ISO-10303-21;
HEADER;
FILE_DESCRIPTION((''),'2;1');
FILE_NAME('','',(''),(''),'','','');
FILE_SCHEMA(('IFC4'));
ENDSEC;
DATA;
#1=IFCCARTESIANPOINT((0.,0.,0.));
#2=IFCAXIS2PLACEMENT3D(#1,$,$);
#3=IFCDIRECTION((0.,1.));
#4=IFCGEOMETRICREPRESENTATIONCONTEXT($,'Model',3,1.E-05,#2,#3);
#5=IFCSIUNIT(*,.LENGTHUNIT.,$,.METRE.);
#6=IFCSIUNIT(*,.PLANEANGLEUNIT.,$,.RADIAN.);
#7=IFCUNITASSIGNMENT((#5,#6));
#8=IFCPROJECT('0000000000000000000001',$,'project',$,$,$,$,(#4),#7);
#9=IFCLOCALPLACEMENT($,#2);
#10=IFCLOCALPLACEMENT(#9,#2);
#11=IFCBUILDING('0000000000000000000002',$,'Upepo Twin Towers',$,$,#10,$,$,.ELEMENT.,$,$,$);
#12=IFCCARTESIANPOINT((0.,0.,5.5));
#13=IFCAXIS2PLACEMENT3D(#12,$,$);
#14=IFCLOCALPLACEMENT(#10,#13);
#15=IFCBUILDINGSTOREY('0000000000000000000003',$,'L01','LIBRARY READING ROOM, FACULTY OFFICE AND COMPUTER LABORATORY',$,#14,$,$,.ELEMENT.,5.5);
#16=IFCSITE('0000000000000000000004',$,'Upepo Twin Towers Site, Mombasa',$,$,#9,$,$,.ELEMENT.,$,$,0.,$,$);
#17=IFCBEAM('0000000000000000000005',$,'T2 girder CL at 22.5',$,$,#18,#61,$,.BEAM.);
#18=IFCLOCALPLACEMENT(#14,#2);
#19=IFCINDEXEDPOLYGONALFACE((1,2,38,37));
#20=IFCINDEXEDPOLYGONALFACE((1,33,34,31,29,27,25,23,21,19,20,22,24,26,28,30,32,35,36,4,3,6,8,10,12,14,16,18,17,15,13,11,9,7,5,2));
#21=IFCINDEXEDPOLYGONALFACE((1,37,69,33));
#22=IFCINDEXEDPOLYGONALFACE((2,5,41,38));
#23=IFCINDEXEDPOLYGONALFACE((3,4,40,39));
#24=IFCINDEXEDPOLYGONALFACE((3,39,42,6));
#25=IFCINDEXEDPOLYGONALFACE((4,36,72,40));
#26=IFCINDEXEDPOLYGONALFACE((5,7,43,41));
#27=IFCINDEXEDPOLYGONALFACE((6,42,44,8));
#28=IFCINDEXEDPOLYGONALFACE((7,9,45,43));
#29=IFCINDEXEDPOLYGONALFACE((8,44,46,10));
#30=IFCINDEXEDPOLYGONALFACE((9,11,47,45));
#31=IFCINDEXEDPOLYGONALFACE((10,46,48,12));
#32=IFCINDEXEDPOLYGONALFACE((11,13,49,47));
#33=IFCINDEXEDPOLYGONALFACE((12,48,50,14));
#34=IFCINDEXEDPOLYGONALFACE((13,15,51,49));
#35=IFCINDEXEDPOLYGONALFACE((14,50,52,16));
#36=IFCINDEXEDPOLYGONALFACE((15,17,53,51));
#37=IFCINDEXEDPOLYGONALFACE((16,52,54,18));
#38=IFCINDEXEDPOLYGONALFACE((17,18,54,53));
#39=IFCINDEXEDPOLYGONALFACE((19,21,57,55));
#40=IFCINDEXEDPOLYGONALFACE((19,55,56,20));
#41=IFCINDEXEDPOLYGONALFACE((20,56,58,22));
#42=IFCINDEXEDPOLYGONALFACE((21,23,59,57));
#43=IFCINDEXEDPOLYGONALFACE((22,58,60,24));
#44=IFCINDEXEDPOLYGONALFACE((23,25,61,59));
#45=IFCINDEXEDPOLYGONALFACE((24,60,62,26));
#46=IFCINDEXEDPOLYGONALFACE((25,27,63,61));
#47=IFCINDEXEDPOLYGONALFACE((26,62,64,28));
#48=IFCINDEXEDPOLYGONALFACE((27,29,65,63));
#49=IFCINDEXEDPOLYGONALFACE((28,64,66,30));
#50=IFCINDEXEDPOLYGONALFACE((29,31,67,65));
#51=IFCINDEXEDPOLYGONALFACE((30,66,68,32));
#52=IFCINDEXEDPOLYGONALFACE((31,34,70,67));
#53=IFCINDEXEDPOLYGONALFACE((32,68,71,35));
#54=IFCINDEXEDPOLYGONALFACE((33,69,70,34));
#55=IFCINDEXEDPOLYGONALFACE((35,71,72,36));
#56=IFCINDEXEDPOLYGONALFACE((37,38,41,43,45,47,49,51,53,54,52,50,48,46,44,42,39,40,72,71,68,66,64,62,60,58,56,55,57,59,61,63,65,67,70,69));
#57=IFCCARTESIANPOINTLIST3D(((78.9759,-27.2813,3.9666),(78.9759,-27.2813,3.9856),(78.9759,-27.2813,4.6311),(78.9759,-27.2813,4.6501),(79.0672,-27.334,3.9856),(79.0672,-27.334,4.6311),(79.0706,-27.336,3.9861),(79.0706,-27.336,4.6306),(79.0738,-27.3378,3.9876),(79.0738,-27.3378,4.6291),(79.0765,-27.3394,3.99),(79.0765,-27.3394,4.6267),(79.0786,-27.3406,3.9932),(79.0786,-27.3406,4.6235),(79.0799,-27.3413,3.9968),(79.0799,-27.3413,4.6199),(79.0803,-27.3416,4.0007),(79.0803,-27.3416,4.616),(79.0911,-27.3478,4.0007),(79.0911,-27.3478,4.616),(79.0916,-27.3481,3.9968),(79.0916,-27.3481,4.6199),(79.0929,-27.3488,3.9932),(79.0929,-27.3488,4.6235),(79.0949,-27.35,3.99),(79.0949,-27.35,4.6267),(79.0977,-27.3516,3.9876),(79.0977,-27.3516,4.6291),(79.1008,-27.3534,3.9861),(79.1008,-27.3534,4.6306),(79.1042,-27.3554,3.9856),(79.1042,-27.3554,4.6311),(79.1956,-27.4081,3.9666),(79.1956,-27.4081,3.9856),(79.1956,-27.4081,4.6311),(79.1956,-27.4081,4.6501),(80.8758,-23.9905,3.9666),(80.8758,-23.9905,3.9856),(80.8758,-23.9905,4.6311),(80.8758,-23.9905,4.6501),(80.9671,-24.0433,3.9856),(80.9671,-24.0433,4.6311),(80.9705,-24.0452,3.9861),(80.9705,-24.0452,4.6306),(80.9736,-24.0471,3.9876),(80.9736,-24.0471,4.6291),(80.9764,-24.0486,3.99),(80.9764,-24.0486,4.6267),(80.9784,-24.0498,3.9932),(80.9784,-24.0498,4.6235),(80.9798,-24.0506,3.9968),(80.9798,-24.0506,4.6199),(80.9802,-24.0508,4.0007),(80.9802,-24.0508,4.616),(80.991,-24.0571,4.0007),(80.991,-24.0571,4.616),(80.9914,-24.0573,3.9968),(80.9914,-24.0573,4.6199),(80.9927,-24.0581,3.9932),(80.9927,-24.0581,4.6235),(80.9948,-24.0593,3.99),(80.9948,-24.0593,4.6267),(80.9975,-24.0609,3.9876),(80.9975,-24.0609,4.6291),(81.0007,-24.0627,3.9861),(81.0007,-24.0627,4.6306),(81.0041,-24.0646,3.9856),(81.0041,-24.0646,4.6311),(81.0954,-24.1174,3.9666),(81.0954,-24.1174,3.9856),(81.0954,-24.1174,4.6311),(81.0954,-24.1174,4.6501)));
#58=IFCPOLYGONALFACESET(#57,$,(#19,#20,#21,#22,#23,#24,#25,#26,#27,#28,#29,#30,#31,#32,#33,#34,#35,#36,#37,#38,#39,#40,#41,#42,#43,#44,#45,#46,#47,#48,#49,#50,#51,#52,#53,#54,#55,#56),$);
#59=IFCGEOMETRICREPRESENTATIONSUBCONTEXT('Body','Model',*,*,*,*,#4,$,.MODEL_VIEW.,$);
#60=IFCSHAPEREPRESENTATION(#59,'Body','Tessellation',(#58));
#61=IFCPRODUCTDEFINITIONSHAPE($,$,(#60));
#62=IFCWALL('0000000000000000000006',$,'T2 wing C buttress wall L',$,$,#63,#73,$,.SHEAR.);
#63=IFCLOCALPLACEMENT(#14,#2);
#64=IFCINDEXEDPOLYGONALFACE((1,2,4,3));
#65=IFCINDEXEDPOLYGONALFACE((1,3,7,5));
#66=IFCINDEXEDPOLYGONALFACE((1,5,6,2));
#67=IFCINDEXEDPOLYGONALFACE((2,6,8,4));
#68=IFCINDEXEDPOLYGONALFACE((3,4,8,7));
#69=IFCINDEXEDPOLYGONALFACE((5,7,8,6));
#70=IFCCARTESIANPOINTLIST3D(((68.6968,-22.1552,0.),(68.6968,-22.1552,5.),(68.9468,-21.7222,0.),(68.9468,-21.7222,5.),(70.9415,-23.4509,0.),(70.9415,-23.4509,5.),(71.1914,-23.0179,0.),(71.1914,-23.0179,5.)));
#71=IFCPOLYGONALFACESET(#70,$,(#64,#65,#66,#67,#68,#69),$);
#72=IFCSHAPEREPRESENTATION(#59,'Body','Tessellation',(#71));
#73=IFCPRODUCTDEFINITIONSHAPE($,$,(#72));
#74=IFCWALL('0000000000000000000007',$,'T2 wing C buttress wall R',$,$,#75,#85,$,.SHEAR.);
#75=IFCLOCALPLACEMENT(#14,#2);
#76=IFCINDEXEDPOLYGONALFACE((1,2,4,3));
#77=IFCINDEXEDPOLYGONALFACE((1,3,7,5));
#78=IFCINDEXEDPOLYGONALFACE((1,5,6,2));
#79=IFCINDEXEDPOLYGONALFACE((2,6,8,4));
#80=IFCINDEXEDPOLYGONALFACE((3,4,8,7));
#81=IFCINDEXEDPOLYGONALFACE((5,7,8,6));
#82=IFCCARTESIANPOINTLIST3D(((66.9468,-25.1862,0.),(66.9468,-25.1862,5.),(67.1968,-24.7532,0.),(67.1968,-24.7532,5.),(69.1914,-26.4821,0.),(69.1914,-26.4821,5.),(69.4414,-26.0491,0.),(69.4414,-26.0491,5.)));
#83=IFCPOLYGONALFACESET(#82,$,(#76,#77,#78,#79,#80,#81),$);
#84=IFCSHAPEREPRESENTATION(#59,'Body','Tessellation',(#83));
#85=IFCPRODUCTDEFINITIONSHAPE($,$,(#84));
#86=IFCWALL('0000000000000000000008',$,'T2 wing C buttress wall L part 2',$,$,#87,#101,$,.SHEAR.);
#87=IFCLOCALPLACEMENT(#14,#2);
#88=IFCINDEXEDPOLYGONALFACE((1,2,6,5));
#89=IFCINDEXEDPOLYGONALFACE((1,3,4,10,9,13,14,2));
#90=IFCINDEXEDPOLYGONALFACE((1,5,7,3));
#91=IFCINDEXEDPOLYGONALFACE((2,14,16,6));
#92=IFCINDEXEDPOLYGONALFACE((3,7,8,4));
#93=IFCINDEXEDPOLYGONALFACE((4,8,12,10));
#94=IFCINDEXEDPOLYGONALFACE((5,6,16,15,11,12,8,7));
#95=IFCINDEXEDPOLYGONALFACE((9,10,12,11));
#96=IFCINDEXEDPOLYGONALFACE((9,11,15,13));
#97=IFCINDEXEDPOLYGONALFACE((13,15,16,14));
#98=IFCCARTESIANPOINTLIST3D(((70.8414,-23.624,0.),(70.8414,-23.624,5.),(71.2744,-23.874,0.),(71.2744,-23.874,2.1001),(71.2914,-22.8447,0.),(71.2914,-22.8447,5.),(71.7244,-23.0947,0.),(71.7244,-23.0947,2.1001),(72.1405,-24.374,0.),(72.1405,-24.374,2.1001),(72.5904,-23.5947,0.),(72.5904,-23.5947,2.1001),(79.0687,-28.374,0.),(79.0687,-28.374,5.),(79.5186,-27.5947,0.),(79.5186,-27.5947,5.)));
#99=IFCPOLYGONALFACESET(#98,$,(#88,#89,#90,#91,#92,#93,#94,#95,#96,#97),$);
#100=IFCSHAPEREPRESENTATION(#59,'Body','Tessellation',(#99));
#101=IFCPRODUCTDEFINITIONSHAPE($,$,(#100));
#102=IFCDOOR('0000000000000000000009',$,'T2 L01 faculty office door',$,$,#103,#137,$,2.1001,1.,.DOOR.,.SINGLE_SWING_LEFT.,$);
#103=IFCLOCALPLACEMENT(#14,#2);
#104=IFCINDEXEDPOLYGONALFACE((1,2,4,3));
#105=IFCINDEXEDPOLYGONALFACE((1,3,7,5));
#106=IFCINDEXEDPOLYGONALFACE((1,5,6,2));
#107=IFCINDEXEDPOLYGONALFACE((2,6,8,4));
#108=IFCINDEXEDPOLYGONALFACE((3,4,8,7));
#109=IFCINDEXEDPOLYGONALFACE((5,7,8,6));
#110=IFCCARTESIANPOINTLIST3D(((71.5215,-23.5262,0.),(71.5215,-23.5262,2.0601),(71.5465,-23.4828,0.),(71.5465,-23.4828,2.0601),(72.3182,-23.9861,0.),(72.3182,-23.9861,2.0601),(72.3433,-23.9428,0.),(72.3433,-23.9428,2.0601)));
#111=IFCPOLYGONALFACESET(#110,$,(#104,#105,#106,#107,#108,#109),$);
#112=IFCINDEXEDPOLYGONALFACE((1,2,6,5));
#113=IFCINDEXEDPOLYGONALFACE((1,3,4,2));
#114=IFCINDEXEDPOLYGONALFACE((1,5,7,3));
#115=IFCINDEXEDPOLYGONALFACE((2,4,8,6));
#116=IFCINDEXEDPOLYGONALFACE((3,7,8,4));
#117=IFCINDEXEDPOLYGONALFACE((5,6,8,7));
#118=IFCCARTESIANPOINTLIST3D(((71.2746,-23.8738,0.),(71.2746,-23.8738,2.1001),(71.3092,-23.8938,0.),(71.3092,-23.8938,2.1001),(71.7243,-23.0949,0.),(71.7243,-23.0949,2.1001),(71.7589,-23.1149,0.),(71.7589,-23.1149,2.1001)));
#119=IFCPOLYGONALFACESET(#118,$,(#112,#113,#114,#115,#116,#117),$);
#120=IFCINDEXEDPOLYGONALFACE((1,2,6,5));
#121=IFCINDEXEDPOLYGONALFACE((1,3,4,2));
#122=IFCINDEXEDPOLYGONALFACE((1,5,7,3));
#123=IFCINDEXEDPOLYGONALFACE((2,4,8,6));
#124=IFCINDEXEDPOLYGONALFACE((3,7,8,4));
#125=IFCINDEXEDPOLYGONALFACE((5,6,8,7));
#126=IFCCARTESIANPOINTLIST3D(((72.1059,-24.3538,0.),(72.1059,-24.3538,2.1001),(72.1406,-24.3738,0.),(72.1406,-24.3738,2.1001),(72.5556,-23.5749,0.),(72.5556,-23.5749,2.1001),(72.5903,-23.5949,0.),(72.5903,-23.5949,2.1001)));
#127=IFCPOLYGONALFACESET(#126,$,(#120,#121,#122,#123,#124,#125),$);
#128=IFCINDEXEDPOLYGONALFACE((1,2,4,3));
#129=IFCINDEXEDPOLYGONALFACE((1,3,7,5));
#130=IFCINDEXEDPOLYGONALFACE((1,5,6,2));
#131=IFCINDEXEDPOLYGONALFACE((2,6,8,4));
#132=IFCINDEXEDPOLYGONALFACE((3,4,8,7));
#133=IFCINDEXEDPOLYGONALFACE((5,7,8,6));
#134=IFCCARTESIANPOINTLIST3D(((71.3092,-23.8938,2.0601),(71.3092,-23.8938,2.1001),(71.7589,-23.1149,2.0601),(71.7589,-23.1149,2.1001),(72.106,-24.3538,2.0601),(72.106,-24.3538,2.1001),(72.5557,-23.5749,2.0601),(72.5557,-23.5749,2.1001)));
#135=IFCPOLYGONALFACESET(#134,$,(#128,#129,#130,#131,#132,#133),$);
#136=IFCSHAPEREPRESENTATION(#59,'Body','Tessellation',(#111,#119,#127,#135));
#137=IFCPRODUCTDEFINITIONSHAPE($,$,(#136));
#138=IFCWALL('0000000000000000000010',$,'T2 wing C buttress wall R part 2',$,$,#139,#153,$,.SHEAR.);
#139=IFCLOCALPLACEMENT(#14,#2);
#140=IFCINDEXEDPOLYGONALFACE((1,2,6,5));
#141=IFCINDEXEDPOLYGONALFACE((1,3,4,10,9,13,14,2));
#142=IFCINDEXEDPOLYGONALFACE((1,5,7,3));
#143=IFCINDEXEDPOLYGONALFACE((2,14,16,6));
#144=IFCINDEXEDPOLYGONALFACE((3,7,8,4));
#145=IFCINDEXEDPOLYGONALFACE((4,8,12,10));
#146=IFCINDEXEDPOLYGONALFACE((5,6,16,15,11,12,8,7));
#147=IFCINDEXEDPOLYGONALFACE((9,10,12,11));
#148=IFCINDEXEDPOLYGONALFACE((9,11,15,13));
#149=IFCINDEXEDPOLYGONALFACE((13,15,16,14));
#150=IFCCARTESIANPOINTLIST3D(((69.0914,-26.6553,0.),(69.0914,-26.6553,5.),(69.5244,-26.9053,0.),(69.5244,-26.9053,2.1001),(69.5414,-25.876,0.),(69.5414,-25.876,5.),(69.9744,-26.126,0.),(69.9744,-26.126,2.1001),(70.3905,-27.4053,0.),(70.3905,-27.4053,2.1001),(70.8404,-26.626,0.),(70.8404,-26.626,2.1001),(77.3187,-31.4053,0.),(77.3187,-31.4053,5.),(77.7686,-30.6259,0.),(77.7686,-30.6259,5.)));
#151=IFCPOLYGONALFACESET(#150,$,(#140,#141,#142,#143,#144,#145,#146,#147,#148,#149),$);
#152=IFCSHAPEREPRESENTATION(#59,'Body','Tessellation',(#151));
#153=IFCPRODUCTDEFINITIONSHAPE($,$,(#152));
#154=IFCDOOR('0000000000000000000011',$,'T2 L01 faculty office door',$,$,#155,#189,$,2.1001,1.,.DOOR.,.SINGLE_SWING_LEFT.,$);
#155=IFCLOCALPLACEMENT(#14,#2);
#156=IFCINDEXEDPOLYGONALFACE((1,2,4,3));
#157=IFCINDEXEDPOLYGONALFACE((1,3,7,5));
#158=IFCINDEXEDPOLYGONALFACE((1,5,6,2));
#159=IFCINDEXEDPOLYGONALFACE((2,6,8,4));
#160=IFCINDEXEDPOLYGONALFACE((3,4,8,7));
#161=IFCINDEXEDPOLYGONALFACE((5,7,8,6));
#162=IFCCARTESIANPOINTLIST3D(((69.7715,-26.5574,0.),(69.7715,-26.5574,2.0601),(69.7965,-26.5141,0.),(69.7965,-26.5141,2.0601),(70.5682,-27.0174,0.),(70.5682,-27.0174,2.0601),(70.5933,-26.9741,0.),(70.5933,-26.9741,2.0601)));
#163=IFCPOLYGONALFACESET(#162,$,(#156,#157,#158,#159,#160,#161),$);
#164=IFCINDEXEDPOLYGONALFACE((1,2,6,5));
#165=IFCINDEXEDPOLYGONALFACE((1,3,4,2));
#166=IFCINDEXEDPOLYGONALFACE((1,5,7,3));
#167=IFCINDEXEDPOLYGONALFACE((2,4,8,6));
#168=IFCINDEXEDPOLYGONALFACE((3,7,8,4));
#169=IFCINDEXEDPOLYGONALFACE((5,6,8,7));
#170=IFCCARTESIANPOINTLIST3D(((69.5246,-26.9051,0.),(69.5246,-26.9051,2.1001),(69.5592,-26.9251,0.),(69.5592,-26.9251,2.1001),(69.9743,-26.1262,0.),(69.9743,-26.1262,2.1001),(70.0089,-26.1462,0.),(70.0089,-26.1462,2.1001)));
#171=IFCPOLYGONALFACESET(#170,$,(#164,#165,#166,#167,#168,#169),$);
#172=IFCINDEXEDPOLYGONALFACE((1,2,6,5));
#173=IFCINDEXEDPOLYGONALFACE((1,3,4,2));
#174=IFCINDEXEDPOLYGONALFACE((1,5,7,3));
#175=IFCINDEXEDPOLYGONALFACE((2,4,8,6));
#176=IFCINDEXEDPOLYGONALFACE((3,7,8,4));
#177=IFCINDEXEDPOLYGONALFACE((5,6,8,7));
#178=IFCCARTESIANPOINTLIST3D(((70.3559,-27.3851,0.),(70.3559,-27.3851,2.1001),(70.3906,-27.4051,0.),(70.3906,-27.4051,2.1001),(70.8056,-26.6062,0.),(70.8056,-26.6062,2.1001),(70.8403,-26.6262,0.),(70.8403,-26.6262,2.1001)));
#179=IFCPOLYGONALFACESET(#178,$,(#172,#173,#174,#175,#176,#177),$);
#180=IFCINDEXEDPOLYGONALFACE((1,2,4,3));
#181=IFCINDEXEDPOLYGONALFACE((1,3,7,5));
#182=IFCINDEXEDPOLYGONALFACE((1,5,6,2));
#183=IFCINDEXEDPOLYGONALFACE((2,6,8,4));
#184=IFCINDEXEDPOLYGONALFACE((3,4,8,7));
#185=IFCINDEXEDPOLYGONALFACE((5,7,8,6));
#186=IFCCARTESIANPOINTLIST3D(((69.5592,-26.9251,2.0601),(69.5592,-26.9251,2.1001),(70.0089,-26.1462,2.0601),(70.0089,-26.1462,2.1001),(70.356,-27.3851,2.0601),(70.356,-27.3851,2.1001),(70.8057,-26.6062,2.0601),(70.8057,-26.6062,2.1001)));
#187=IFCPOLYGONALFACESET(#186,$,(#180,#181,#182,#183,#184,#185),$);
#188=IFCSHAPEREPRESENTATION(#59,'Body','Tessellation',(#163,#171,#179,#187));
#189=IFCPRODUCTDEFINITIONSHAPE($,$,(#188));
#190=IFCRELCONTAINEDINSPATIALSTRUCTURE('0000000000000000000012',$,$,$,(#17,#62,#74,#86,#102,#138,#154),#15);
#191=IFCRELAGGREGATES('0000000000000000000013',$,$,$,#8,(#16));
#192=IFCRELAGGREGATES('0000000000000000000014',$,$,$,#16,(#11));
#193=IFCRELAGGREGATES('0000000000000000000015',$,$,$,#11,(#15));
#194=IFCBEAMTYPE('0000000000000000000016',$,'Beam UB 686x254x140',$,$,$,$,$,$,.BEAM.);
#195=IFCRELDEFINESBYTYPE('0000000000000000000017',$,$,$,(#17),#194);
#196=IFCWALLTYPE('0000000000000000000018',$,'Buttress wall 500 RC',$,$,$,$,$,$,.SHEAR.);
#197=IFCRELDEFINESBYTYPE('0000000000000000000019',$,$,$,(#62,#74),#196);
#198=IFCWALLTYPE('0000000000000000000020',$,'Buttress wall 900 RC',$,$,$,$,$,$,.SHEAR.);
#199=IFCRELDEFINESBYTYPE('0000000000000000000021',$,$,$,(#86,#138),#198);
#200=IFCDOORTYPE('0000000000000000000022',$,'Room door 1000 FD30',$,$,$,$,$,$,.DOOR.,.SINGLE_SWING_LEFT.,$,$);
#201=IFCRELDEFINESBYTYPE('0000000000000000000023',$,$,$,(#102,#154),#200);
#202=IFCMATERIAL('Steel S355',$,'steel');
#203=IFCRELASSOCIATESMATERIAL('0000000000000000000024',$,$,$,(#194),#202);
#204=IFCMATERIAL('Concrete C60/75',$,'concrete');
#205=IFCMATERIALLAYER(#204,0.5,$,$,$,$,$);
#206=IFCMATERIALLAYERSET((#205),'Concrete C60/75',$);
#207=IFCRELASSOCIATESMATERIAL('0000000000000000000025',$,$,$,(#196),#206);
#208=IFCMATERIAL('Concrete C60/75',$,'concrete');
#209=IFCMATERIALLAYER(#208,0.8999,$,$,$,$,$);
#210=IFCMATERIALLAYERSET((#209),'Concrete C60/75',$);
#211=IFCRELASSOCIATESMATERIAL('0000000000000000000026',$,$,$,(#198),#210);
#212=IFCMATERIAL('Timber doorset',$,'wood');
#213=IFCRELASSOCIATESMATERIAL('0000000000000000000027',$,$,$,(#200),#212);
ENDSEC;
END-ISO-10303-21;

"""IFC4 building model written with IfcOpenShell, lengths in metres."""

from ifc_helpers import new_model, si_unit, direction, frame, frame_2d, origin, origin_2d, place, context, subcontext, project, spatial, rectangle, i_section, extrude, material, layer, layer_set, material_profile, profile_set, type_object, element, fill, save


model = new_model("IFC4")

# Units and contexts
model_context = context("Model", 3, precision=1e-05, world=origin(), true_north=direction((0.0, 1.0)))
body_context = subcontext(model_context, "Body", "Model", "MODEL_VIEW")
ifc_project = project(units=[si_unit("LENGTHUNIT", "METRE"), si_unit("PLANEANGLEUNIT", "RADIAN")], contexts=[model_context])

# Site, building, storey
site_placement = place(None, origin())
site = spatial("IfcSite", under=ifc_project, at=site_placement, Name="Upepo Twin Towers Site, Mombasa", CompositionType="ELEMENT", RefElevation=0.0)
building_placement = place(site_placement, origin())
building = spatial("IfcBuilding", under=site, at=building_placement, Name="Upepo Twin Towers", CompositionType="ELEMENT")
storey_placement = place(building_placement, frame((0.0, 0.0, 5.5)))
storey = spatial("IfcBuildingStorey", under=building, at=storey_placement, Name="L01", Description="LIBRARY READING ROOM, FACULTY OFFICE AND COMPUTER LABORATORY", CompositionType="ELEMENT", Elevation=5.5)

# Beam
ifc_material_1 = material(Name="Steel S355", Category="steel")
ifc_material_profile_1 = material_profile(ifc_material_1, i_section(OverallWidth=0.2537, OverallDepth=0.6836, WebThickness=0.0125, FlangeThickness=0.019, FilletRadius=0.0151, at=origin_2d()), Name="UB 686x254x140")
ifc_profile_set_1 = profile_set([ifc_material_profile_1], Name="Steel S355")
beam_type_1 = type_object("IfcBeamType", Name="Beam UB 686x254x140", PredefinedType="BEAM", material=ifc_profile_set_1)
for number, where, z_axis, x_axis, name in (
    (1, (80.9856, -24.054, 4.3083), (-0.499995, -0.866028, 0.0), (0.866028, -0.499995, 0.0), "T2 girder CL at 22.5"),
):
    element("IfcBeam", number, at=place(storey_placement, frame(where, z_axis=z_axis, x_axis=x_axis)), inside=storey, type_object=beam_type_1, Name=name, PredefinedType="BEAM", context=body_context, shape_type="SweptSolid", body=[
        extrude(i_section(OverallWidth=0.2537, OverallDepth=0.6836, WebThickness=0.0125, FlangeThickness=0.019, FilletRadius=0.0151, at=origin_2d()), origin(), (0.0, 0.0, 1.0), 3.7998),
    ])

# Walls
ifc_material_2 = material(Name="Concrete C60/75", Category="concrete")
ifc_layer_1 = layer(ifc_material_2, 0.5)
ifc_layer_set_1 = layer_set([ifc_layer_1], Name="Concrete C60/75")
wall_type_1 = type_object("IfcWallType", Name="Buttress wall 500 RC", PredefinedType="SHEAR", material=ifc_layer_set_1)
for number, where, z_axis, x_axis, name in (
    (2, (68.8218, -21.9387, 0.0), (0.0, 0.0, 1.0), (0.866073, -0.499918, 0.0), "T2 wing C buttress wall L"),
    (3, (67.0718, -24.9697, 0.0), (0.0, 0.0, 1.0), (0.866032, -0.499989, 0.0), "T2 wing C buttress wall R"),
):
    element("IfcWall", number, at=place(storey_placement, frame(where, z_axis=z_axis, x_axis=x_axis)), inside=storey, type_object=wall_type_1, Name=name, PredefinedType="SHEAR", context=body_context, shape_type="SweptSolid", body=[
        extrude(rectangle(XDim=2.5918, YDim=0.5, at=frame_2d((1.2959, 0.0))), origin(), (0.0, 0.0, 1.0), 5.0),
    ])

# Walls, openings, doors
ifc_material_3 = material(Name="Concrete C60/75", Category="concrete")
ifc_layer_2 = layer(ifc_material_3, 0.8999)
ifc_layer_set_2 = layer_set([ifc_layer_2], Name="Concrete C60/75")
wall_type_2 = type_object("IfcWallType", Name="Buttress wall 900 RC", PredefinedType="SHEAR", material=ifc_layer_set_2)
wall_1_placement = place(storey_placement, frame((71.0664, -23.2344, 0.0), z_axis=(0.0, 0.0, 1.0), x_axis=(0.866027, -0.499998, 0.0)))
wall_1 = element("IfcWall", 4, at=wall_1_placement, inside=storey, type_object=wall_type_2, Name="T2 wing C buttress wall L part 2", PredefinedType="SHEAR", context=body_context, shape_type="SweptSolid", body=[
    extrude(rectangle(XDim=9.5, YDim=0.8999, at=frame_2d((4.75, 0.0))), origin(), (0.0, 0.0, 1.0), 5.0),
])
opening_1_placement = place(wall_1_placement, frame((0.5, 0.0, 0.0)))
opening_1 = element("IfcOpeningElement", 5, at=opening_1_placement, cuts=wall_1, PredefinedType="OPENING", context=body_context, shape_type="SweptSolid", body=[
    extrude(rectangle(XDim=1.0, YDim=2.1001, at=frame_2d((0.5, 1.05))), frame((0.0, 0.46, 0.0), z_axis=(0.0, -1.0, 0.0), x_axis=(1.0, 0.0, 0.0)), (0.0, 0.0, 1.0), 0.9199),
])
ifc_material_4 = material(Name="Timber doorset", Category="wood")
door_type_1 = type_object("IfcDoorType", Name="Room door 1000 FD30", OperationType="SINGLE_SWING_LEFT", PredefinedType="DOOR", material=ifc_material_4)
door_1_placement = place(opening_1_placement, origin())
door_1 = element("IfcDoor", 6, at=door_1_placement, inside=storey, type_object=door_type_1, Name="T2 L01 faculty office door", OperationType="SINGLE_SWING_LEFT", OverallHeight=2.1001, OverallWidth=1.0, PredefinedType="DOOR", context=body_context, shape_type="SweptSolid", body=[
    extrude(rectangle(XDim=0.92, YDim=2.0601, at=frame_2d((0.5, 1.03))), frame((0.0, 0.0249, 0.0), z_axis=(0.0, -1.0, 0.0), x_axis=(1.0, 0.0, 0.0)), (0.0, 0.0, 1.0), 0.05),
    extrude(rectangle(XDim=0.04, YDim=2.1001, at=frame_2d((0.02, 1.05))), frame((0.0, 0.4497, 0.0), z_axis=(0.0, -1.0, 0.0), x_axis=(1.0, 0.0, 0.0)), (0.0, 0.0, 1.0), 0.8994),
    extrude(rectangle(XDim=0.04, YDim=2.1001, at=frame_2d((0.98, 1.05))), frame((0.0, 0.4497, 0.0), z_axis=(0.0, -1.0, 0.0), x_axis=(1.0, 0.0, 0.0)), (0.0, 0.0, 1.0), 0.8994),
    extrude(rectangle(XDim=0.92, YDim=0.04, at=frame_2d((0.5, 2.0801))), frame((0.0, 0.4497, 0.0), z_axis=(0.0, -1.0, 0.0), x_axis=(1.0, 0.0, 0.0)), (0.0, 0.0, 1.0), 0.8994),
])
fill(opening_1, door_1)
wall_2_placement = place(storey_placement, frame((69.3164, -26.2656, 0.0), z_axis=(0.0, 0.0, 1.0), x_axis=(0.866027, -0.499998, 0.0)))
wall_2 = element("IfcWall", 7, at=wall_2_placement, inside=storey, type_object=wall_type_2, Name="T2 wing C buttress wall R part 2", PredefinedType="SHEAR", context=body_context, shape_type="SweptSolid", body=[
    extrude(rectangle(XDim=9.5, YDim=0.8999, at=frame_2d((4.75, 0.0))), origin(), (0.0, 0.0, 1.0), 5.0),
])
opening_2_placement = place(wall_2_placement, frame((0.5, 0.0, 0.0)))
opening_2 = element("IfcOpeningElement", 8, at=opening_2_placement, cuts=wall_2, PredefinedType="OPENING", context=body_context, shape_type="SweptSolid", body=[
    extrude(rectangle(XDim=1.0, YDim=2.1001, at=frame_2d((0.5, 1.05))), frame((0.0, 0.46, 0.0), z_axis=(0.0, -1.0, 0.0), x_axis=(1.0, 0.0, 0.0)), (0.0, 0.0, 1.0), 0.9199),
])
door_2_placement = place(opening_2_placement, origin())
door_2 = element("IfcDoor", 9, at=door_2_placement, inside=storey, type_object=door_type_1, Name="T2 L01 faculty office door", OperationType="SINGLE_SWING_LEFT", OverallHeight=2.1001, OverallWidth=1.0, PredefinedType="DOOR", context=body_context, shape_type="SweptSolid", body=[
    extrude(rectangle(XDim=0.92, YDim=2.0601, at=frame_2d((0.5, 1.03))), frame((0.0, 0.0249, 0.0), z_axis=(0.0, -1.0, 0.0), x_axis=(1.0, 0.0, 0.0)), (0.0, 0.0, 1.0), 0.05),
    extrude(rectangle(XDim=0.04, YDim=2.1001, at=frame_2d((0.02, 1.05))), frame((0.0, 0.4497, 0.0), z_axis=(0.0, -1.0, 0.0), x_axis=(1.0, 0.0, 0.0)), (0.0, 0.0, 1.0), 0.8994),
    extrude(rectangle(XDim=0.04, YDim=2.1001, at=frame_2d((0.98, 1.05))), frame((0.0, 0.4497, 0.0), z_axis=(0.0, -1.0, 0.0), x_axis=(1.0, 0.0, 0.0)), (0.0, 0.0, 1.0), 0.8994),
    extrude(rectangle(XDim=0.92, YDim=0.04, at=frame_2d((0.5, 2.0801))), frame((0.0, 0.4497, 0.0), z_axis=(0.0, -1.0, 0.0), x_axis=(1.0, 0.0, 0.0)), (0.0, 0.0, 1.0), 0.8994),
])
fill(opening_2, door_2)

save(model, "model.ifc")
